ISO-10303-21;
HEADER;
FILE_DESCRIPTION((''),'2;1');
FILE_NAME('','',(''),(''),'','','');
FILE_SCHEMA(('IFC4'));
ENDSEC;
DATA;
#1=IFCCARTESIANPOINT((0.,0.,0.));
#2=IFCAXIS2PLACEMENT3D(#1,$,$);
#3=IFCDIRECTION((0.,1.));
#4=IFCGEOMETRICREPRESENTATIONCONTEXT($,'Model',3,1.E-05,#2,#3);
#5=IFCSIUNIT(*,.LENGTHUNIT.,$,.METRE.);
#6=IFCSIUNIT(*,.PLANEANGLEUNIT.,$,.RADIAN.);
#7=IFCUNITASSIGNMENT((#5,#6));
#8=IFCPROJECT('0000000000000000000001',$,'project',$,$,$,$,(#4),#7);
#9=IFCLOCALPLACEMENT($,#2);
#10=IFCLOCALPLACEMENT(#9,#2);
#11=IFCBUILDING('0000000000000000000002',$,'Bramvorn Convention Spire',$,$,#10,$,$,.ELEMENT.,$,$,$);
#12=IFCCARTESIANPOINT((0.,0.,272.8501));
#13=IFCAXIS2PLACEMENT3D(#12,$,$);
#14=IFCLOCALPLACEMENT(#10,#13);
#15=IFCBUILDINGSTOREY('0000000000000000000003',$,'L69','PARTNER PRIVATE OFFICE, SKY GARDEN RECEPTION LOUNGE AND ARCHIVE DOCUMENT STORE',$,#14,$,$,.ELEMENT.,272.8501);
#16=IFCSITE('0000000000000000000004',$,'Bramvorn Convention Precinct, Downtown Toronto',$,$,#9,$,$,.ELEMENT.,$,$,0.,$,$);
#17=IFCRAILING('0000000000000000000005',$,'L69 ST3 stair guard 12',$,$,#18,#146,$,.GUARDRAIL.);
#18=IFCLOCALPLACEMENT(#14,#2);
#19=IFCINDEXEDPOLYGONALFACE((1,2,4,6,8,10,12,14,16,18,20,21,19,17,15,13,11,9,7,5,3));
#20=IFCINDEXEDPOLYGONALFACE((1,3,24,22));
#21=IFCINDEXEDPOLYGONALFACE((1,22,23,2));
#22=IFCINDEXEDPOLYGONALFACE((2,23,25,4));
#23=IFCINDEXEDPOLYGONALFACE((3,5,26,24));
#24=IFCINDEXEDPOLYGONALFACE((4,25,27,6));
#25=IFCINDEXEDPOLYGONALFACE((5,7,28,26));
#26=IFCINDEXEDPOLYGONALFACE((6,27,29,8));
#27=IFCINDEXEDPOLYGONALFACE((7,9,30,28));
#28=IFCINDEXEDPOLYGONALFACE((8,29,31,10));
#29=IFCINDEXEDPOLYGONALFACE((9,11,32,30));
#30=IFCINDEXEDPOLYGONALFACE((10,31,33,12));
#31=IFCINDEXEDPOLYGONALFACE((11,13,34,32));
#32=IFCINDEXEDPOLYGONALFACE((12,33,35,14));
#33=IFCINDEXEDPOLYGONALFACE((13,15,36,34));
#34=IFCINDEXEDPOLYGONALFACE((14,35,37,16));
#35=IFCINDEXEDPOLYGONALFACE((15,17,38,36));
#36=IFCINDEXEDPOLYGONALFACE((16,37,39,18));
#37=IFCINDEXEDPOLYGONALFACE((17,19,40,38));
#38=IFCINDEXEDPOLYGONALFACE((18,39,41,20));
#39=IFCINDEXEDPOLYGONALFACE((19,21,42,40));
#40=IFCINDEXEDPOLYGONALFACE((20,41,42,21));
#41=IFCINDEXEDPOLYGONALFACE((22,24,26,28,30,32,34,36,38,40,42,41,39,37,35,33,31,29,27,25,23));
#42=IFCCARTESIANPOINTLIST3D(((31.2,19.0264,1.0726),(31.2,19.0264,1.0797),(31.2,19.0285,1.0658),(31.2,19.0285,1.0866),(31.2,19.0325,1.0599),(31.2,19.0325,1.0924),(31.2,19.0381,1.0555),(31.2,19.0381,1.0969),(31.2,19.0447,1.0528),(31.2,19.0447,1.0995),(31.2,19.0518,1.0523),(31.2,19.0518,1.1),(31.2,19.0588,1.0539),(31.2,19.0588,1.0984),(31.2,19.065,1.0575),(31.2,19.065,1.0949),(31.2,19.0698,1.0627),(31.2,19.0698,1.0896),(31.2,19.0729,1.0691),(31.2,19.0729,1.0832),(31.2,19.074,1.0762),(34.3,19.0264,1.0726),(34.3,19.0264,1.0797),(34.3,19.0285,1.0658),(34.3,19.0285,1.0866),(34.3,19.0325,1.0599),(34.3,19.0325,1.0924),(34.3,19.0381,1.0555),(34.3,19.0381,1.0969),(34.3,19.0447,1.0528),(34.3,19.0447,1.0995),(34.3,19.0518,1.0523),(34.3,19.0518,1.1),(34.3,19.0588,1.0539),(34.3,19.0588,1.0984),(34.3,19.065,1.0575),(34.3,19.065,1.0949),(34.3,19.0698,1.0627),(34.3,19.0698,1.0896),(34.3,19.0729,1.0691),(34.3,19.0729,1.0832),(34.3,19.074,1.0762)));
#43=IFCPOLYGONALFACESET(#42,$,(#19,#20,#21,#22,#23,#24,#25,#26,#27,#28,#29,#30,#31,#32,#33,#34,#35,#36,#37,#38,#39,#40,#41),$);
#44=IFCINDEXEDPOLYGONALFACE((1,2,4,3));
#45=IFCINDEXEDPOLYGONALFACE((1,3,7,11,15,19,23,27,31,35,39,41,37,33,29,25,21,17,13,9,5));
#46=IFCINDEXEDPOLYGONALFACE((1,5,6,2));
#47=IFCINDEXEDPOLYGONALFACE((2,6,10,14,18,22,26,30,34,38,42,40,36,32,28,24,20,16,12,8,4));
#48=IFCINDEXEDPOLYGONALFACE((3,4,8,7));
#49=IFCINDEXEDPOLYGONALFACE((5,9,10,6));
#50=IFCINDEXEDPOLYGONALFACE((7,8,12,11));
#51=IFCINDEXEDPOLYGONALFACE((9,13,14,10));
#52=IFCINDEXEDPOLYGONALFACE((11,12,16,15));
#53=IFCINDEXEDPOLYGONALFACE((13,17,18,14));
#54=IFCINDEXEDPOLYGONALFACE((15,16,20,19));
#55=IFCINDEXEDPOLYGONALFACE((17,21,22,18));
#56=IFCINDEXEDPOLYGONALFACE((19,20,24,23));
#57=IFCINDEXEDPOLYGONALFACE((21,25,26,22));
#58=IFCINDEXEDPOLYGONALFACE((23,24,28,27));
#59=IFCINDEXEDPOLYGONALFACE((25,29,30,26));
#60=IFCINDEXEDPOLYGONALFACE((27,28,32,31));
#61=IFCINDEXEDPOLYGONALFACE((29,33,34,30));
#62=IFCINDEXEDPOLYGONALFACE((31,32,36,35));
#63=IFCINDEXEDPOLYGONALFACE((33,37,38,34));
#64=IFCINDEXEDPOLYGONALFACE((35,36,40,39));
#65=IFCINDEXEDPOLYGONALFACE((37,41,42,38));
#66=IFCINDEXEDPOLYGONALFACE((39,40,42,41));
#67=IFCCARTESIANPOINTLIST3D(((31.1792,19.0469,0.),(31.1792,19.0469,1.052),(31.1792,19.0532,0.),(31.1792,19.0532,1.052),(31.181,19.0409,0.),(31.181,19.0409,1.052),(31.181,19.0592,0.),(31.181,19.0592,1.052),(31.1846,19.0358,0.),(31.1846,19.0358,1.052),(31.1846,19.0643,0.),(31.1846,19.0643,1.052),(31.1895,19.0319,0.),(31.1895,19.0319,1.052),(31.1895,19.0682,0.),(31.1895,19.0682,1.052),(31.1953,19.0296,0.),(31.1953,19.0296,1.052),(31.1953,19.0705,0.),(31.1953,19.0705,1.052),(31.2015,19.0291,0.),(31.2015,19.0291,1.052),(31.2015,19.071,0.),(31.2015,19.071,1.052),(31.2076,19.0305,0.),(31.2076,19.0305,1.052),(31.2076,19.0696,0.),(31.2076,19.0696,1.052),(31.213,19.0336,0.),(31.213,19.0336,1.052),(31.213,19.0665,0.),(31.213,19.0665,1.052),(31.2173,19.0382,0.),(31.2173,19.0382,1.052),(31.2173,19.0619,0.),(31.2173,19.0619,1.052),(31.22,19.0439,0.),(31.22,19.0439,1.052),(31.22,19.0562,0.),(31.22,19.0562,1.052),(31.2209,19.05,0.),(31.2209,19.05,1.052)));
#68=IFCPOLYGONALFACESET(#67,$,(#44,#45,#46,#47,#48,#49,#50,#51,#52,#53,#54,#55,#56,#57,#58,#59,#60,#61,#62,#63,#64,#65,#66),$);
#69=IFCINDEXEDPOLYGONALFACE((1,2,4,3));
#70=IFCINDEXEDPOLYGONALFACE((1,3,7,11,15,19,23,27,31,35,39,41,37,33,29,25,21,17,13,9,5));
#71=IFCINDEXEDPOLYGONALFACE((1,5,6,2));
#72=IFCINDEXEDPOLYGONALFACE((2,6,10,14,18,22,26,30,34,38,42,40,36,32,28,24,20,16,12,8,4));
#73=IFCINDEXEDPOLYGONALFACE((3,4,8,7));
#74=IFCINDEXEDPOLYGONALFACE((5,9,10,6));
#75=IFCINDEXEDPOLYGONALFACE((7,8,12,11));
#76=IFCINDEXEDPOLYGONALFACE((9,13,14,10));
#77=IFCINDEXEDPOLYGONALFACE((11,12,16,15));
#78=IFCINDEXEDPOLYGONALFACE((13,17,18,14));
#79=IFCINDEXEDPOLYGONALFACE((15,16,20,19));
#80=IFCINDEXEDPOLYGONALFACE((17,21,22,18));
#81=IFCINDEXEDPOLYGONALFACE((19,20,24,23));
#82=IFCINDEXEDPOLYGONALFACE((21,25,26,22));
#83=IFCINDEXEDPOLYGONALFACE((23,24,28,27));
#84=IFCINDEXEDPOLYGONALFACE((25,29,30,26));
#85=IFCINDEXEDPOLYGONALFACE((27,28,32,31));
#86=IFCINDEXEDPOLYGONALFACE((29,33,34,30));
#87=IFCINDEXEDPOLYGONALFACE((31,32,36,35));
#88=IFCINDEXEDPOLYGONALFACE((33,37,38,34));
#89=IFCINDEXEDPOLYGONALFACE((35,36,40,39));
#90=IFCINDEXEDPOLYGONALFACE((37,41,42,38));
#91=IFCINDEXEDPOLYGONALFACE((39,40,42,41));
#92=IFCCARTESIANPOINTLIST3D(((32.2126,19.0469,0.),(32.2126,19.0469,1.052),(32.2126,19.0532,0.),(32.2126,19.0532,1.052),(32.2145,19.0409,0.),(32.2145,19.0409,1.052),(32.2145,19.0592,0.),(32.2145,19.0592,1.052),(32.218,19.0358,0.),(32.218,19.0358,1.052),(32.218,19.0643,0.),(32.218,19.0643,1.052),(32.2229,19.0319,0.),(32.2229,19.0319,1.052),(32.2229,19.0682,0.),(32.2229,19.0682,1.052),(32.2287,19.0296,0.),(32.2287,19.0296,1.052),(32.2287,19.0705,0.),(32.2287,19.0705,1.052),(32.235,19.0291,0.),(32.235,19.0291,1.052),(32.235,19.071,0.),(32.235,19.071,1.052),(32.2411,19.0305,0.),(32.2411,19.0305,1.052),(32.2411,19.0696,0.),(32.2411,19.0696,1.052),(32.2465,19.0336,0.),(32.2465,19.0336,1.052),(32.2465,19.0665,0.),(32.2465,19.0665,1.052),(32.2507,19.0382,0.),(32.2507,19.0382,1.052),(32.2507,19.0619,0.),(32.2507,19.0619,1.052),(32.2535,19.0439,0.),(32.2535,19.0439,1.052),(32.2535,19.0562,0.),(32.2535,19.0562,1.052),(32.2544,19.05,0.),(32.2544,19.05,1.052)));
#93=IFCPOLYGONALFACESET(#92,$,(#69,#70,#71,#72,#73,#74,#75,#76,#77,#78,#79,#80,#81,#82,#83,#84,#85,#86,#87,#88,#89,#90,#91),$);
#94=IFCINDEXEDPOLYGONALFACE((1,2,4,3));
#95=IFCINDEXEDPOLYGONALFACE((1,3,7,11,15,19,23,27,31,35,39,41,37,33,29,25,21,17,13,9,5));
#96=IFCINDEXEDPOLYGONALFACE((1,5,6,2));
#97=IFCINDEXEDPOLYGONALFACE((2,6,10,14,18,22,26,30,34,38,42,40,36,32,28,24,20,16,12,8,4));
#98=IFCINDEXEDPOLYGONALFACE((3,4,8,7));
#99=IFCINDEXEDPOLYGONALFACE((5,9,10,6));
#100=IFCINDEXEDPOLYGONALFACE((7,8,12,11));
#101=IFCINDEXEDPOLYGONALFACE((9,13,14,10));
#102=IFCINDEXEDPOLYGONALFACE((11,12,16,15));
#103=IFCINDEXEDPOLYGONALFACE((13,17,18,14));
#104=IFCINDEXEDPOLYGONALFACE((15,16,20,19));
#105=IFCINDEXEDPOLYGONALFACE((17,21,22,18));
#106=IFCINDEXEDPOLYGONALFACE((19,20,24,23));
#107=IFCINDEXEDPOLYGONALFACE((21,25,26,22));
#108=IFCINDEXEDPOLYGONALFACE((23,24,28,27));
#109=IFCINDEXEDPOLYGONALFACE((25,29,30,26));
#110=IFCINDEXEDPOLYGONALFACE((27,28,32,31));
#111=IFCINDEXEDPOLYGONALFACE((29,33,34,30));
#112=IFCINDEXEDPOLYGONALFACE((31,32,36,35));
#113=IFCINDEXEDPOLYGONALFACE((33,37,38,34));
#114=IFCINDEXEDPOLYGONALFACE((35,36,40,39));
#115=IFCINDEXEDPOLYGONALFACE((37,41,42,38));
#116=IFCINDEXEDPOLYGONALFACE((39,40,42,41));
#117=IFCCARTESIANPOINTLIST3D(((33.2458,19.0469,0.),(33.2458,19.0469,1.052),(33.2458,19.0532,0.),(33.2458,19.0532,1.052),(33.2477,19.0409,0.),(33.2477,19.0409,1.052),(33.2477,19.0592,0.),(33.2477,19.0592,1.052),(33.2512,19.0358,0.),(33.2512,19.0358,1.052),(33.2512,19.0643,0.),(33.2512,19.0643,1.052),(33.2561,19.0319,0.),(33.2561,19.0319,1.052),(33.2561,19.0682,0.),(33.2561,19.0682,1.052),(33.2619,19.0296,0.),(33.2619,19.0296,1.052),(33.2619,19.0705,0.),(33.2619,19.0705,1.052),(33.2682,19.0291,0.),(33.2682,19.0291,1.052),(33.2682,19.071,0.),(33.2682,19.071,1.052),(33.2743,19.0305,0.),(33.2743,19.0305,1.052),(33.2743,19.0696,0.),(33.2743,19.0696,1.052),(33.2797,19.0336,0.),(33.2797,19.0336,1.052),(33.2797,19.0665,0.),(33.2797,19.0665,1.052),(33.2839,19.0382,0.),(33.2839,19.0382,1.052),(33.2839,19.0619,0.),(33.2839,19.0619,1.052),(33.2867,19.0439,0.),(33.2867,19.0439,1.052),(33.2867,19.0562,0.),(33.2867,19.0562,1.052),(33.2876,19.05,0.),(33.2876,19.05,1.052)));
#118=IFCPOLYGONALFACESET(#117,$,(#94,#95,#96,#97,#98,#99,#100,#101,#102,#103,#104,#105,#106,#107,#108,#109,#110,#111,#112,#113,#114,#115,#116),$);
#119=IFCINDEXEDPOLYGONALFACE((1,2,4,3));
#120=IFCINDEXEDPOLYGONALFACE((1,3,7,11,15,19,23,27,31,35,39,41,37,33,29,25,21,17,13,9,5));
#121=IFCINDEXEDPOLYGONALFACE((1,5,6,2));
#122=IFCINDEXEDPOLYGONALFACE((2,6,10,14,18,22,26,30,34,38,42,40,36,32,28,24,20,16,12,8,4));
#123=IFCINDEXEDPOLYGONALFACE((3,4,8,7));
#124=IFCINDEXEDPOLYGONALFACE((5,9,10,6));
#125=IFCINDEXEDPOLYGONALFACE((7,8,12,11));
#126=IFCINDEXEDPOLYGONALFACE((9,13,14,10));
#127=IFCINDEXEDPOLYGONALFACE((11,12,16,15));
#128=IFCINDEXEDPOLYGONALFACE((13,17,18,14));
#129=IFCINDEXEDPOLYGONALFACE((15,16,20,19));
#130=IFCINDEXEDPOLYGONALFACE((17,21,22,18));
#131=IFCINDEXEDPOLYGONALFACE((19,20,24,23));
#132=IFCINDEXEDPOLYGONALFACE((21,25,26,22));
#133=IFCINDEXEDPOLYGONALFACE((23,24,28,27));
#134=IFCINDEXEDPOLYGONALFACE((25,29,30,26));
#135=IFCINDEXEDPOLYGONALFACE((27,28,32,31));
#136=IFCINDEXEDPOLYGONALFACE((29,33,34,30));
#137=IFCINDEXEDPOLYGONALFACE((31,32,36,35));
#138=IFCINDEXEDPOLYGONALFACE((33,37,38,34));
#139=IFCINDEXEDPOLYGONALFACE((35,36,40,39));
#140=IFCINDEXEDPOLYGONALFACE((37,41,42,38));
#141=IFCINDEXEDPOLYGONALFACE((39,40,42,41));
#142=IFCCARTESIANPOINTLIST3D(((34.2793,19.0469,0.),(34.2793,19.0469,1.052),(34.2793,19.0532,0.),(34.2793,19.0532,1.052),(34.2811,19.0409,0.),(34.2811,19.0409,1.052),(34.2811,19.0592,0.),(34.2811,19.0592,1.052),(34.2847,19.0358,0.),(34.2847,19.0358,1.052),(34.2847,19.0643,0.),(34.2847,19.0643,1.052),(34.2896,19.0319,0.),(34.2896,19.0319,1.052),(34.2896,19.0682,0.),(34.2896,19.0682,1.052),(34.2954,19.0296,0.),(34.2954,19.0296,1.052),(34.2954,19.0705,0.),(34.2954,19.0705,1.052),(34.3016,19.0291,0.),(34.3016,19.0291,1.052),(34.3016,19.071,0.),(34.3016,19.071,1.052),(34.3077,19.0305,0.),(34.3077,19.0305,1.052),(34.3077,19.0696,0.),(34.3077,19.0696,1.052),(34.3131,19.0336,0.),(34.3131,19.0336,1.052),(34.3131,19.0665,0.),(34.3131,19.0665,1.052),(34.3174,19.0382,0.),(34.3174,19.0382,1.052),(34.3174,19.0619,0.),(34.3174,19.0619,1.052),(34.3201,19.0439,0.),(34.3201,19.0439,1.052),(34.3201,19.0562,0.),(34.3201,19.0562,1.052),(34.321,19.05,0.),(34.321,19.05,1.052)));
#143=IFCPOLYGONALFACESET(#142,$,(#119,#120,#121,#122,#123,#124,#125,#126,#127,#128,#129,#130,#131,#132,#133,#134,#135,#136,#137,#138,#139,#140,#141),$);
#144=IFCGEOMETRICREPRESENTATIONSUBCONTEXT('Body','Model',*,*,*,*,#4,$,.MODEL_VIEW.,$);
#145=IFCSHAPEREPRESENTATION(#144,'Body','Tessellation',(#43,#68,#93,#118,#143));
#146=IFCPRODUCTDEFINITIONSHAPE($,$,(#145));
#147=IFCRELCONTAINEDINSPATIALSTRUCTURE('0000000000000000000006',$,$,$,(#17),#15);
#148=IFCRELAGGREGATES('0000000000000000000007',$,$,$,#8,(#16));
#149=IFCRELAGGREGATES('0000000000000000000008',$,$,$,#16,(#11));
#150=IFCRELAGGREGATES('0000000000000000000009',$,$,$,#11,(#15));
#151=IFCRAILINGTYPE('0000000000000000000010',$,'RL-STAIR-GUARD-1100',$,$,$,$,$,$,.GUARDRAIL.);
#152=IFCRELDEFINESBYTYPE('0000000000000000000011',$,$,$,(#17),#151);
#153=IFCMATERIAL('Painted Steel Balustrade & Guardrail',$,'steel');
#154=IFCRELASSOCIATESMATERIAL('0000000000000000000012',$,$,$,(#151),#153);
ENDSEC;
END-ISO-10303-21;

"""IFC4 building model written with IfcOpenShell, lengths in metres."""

from ifc_helpers import new_model, si_unit, direction, frame, origin, origin_2d, place, context, subcontext, project, spatial, circle, extrude, material, type_object, element, save


model = new_model("IFC4")

# Units and contexts
model_context = context("Model", 3, precision=1e-05, world=origin(), true_north=direction((0.0, 1.0)))
body_context = subcontext(model_context, "Body", "Model", "MODEL_VIEW")
ifc_project = project(units=[si_unit("LENGTHUNIT", "METRE"), si_unit("PLANEANGLEUNIT", "RADIAN")], contexts=[model_context])

# Site, building, storey
site_placement = place(None, origin())
site = spatial("IfcSite", under=ifc_project, at=site_placement, Name="Bramvorn Convention Precinct, Downtown Toronto", CompositionType="ELEMENT", RefElevation=0.0)
building_placement = place(site_placement, origin())
building = spatial("IfcBuilding", under=site, at=building_placement, Name="Bramvorn Convention Spire", CompositionType="ELEMENT")
storey_placement = place(building_placement, frame((0.0, 0.0, 272.8501)))
storey = spatial("IfcBuildingStorey", under=building, at=storey_placement, Name="L69", Description="PARTNER PRIVATE OFFICE, SKY GARDEN RECEPTION LOUNGE AND ARCHIVE DOCUMENT STORE", CompositionType="ELEMENT", Elevation=272.8501)

# Railing
ifc_material_1 = material(Name="Painted Steel Balustrade & Guardrail", Category="steel")
railing_type_1 = type_object("IfcRailingType", Name="RL-STAIR-GUARD-1100", PredefinedType="GUARDRAIL", material=ifc_material_1)
railing_1_placement = place(storey_placement, frame((31.2, 19.05, 0.0)))
element("IfcRailing", 1, at=railing_1_placement, inside=storey, type_object=railing_type_1, Name="L69 ST3 stair guard 12", PredefinedType="GUARDRAIL", context=body_context, shape_type="SweptSolid", body=[
    extrude(circle(Radius=0.0239, at=origin_2d()), frame((0.0, 0.0, 1.0762), z_axis=(1.0, 0.0, 0.0), x_axis=(0.0, 1.0, 0.0)), (0.0, 0.0, 1.0), 3.1001),
    extrude(circle(Radius=0.021, at=origin_2d()), origin(), (0.0, 0.0, 1.0), 1.052),
    extrude(circle(Radius=0.021, at=origin_2d()), frame((1.0334, 0.0, 0.0)), (0.0, 0.0, 1.0), 1.052),
    extrude(circle(Radius=0.021, at=origin_2d()), frame((2.0667, 0.0, 0.0)), (0.0, 0.0, 1.0), 1.052),
    extrude(circle(Radius=0.021, at=origin_2d()), frame((3.1001, 0.0, 0.0)), (0.0, 0.0, 1.0), 1.052),
])

save(model, "model.ifc")
